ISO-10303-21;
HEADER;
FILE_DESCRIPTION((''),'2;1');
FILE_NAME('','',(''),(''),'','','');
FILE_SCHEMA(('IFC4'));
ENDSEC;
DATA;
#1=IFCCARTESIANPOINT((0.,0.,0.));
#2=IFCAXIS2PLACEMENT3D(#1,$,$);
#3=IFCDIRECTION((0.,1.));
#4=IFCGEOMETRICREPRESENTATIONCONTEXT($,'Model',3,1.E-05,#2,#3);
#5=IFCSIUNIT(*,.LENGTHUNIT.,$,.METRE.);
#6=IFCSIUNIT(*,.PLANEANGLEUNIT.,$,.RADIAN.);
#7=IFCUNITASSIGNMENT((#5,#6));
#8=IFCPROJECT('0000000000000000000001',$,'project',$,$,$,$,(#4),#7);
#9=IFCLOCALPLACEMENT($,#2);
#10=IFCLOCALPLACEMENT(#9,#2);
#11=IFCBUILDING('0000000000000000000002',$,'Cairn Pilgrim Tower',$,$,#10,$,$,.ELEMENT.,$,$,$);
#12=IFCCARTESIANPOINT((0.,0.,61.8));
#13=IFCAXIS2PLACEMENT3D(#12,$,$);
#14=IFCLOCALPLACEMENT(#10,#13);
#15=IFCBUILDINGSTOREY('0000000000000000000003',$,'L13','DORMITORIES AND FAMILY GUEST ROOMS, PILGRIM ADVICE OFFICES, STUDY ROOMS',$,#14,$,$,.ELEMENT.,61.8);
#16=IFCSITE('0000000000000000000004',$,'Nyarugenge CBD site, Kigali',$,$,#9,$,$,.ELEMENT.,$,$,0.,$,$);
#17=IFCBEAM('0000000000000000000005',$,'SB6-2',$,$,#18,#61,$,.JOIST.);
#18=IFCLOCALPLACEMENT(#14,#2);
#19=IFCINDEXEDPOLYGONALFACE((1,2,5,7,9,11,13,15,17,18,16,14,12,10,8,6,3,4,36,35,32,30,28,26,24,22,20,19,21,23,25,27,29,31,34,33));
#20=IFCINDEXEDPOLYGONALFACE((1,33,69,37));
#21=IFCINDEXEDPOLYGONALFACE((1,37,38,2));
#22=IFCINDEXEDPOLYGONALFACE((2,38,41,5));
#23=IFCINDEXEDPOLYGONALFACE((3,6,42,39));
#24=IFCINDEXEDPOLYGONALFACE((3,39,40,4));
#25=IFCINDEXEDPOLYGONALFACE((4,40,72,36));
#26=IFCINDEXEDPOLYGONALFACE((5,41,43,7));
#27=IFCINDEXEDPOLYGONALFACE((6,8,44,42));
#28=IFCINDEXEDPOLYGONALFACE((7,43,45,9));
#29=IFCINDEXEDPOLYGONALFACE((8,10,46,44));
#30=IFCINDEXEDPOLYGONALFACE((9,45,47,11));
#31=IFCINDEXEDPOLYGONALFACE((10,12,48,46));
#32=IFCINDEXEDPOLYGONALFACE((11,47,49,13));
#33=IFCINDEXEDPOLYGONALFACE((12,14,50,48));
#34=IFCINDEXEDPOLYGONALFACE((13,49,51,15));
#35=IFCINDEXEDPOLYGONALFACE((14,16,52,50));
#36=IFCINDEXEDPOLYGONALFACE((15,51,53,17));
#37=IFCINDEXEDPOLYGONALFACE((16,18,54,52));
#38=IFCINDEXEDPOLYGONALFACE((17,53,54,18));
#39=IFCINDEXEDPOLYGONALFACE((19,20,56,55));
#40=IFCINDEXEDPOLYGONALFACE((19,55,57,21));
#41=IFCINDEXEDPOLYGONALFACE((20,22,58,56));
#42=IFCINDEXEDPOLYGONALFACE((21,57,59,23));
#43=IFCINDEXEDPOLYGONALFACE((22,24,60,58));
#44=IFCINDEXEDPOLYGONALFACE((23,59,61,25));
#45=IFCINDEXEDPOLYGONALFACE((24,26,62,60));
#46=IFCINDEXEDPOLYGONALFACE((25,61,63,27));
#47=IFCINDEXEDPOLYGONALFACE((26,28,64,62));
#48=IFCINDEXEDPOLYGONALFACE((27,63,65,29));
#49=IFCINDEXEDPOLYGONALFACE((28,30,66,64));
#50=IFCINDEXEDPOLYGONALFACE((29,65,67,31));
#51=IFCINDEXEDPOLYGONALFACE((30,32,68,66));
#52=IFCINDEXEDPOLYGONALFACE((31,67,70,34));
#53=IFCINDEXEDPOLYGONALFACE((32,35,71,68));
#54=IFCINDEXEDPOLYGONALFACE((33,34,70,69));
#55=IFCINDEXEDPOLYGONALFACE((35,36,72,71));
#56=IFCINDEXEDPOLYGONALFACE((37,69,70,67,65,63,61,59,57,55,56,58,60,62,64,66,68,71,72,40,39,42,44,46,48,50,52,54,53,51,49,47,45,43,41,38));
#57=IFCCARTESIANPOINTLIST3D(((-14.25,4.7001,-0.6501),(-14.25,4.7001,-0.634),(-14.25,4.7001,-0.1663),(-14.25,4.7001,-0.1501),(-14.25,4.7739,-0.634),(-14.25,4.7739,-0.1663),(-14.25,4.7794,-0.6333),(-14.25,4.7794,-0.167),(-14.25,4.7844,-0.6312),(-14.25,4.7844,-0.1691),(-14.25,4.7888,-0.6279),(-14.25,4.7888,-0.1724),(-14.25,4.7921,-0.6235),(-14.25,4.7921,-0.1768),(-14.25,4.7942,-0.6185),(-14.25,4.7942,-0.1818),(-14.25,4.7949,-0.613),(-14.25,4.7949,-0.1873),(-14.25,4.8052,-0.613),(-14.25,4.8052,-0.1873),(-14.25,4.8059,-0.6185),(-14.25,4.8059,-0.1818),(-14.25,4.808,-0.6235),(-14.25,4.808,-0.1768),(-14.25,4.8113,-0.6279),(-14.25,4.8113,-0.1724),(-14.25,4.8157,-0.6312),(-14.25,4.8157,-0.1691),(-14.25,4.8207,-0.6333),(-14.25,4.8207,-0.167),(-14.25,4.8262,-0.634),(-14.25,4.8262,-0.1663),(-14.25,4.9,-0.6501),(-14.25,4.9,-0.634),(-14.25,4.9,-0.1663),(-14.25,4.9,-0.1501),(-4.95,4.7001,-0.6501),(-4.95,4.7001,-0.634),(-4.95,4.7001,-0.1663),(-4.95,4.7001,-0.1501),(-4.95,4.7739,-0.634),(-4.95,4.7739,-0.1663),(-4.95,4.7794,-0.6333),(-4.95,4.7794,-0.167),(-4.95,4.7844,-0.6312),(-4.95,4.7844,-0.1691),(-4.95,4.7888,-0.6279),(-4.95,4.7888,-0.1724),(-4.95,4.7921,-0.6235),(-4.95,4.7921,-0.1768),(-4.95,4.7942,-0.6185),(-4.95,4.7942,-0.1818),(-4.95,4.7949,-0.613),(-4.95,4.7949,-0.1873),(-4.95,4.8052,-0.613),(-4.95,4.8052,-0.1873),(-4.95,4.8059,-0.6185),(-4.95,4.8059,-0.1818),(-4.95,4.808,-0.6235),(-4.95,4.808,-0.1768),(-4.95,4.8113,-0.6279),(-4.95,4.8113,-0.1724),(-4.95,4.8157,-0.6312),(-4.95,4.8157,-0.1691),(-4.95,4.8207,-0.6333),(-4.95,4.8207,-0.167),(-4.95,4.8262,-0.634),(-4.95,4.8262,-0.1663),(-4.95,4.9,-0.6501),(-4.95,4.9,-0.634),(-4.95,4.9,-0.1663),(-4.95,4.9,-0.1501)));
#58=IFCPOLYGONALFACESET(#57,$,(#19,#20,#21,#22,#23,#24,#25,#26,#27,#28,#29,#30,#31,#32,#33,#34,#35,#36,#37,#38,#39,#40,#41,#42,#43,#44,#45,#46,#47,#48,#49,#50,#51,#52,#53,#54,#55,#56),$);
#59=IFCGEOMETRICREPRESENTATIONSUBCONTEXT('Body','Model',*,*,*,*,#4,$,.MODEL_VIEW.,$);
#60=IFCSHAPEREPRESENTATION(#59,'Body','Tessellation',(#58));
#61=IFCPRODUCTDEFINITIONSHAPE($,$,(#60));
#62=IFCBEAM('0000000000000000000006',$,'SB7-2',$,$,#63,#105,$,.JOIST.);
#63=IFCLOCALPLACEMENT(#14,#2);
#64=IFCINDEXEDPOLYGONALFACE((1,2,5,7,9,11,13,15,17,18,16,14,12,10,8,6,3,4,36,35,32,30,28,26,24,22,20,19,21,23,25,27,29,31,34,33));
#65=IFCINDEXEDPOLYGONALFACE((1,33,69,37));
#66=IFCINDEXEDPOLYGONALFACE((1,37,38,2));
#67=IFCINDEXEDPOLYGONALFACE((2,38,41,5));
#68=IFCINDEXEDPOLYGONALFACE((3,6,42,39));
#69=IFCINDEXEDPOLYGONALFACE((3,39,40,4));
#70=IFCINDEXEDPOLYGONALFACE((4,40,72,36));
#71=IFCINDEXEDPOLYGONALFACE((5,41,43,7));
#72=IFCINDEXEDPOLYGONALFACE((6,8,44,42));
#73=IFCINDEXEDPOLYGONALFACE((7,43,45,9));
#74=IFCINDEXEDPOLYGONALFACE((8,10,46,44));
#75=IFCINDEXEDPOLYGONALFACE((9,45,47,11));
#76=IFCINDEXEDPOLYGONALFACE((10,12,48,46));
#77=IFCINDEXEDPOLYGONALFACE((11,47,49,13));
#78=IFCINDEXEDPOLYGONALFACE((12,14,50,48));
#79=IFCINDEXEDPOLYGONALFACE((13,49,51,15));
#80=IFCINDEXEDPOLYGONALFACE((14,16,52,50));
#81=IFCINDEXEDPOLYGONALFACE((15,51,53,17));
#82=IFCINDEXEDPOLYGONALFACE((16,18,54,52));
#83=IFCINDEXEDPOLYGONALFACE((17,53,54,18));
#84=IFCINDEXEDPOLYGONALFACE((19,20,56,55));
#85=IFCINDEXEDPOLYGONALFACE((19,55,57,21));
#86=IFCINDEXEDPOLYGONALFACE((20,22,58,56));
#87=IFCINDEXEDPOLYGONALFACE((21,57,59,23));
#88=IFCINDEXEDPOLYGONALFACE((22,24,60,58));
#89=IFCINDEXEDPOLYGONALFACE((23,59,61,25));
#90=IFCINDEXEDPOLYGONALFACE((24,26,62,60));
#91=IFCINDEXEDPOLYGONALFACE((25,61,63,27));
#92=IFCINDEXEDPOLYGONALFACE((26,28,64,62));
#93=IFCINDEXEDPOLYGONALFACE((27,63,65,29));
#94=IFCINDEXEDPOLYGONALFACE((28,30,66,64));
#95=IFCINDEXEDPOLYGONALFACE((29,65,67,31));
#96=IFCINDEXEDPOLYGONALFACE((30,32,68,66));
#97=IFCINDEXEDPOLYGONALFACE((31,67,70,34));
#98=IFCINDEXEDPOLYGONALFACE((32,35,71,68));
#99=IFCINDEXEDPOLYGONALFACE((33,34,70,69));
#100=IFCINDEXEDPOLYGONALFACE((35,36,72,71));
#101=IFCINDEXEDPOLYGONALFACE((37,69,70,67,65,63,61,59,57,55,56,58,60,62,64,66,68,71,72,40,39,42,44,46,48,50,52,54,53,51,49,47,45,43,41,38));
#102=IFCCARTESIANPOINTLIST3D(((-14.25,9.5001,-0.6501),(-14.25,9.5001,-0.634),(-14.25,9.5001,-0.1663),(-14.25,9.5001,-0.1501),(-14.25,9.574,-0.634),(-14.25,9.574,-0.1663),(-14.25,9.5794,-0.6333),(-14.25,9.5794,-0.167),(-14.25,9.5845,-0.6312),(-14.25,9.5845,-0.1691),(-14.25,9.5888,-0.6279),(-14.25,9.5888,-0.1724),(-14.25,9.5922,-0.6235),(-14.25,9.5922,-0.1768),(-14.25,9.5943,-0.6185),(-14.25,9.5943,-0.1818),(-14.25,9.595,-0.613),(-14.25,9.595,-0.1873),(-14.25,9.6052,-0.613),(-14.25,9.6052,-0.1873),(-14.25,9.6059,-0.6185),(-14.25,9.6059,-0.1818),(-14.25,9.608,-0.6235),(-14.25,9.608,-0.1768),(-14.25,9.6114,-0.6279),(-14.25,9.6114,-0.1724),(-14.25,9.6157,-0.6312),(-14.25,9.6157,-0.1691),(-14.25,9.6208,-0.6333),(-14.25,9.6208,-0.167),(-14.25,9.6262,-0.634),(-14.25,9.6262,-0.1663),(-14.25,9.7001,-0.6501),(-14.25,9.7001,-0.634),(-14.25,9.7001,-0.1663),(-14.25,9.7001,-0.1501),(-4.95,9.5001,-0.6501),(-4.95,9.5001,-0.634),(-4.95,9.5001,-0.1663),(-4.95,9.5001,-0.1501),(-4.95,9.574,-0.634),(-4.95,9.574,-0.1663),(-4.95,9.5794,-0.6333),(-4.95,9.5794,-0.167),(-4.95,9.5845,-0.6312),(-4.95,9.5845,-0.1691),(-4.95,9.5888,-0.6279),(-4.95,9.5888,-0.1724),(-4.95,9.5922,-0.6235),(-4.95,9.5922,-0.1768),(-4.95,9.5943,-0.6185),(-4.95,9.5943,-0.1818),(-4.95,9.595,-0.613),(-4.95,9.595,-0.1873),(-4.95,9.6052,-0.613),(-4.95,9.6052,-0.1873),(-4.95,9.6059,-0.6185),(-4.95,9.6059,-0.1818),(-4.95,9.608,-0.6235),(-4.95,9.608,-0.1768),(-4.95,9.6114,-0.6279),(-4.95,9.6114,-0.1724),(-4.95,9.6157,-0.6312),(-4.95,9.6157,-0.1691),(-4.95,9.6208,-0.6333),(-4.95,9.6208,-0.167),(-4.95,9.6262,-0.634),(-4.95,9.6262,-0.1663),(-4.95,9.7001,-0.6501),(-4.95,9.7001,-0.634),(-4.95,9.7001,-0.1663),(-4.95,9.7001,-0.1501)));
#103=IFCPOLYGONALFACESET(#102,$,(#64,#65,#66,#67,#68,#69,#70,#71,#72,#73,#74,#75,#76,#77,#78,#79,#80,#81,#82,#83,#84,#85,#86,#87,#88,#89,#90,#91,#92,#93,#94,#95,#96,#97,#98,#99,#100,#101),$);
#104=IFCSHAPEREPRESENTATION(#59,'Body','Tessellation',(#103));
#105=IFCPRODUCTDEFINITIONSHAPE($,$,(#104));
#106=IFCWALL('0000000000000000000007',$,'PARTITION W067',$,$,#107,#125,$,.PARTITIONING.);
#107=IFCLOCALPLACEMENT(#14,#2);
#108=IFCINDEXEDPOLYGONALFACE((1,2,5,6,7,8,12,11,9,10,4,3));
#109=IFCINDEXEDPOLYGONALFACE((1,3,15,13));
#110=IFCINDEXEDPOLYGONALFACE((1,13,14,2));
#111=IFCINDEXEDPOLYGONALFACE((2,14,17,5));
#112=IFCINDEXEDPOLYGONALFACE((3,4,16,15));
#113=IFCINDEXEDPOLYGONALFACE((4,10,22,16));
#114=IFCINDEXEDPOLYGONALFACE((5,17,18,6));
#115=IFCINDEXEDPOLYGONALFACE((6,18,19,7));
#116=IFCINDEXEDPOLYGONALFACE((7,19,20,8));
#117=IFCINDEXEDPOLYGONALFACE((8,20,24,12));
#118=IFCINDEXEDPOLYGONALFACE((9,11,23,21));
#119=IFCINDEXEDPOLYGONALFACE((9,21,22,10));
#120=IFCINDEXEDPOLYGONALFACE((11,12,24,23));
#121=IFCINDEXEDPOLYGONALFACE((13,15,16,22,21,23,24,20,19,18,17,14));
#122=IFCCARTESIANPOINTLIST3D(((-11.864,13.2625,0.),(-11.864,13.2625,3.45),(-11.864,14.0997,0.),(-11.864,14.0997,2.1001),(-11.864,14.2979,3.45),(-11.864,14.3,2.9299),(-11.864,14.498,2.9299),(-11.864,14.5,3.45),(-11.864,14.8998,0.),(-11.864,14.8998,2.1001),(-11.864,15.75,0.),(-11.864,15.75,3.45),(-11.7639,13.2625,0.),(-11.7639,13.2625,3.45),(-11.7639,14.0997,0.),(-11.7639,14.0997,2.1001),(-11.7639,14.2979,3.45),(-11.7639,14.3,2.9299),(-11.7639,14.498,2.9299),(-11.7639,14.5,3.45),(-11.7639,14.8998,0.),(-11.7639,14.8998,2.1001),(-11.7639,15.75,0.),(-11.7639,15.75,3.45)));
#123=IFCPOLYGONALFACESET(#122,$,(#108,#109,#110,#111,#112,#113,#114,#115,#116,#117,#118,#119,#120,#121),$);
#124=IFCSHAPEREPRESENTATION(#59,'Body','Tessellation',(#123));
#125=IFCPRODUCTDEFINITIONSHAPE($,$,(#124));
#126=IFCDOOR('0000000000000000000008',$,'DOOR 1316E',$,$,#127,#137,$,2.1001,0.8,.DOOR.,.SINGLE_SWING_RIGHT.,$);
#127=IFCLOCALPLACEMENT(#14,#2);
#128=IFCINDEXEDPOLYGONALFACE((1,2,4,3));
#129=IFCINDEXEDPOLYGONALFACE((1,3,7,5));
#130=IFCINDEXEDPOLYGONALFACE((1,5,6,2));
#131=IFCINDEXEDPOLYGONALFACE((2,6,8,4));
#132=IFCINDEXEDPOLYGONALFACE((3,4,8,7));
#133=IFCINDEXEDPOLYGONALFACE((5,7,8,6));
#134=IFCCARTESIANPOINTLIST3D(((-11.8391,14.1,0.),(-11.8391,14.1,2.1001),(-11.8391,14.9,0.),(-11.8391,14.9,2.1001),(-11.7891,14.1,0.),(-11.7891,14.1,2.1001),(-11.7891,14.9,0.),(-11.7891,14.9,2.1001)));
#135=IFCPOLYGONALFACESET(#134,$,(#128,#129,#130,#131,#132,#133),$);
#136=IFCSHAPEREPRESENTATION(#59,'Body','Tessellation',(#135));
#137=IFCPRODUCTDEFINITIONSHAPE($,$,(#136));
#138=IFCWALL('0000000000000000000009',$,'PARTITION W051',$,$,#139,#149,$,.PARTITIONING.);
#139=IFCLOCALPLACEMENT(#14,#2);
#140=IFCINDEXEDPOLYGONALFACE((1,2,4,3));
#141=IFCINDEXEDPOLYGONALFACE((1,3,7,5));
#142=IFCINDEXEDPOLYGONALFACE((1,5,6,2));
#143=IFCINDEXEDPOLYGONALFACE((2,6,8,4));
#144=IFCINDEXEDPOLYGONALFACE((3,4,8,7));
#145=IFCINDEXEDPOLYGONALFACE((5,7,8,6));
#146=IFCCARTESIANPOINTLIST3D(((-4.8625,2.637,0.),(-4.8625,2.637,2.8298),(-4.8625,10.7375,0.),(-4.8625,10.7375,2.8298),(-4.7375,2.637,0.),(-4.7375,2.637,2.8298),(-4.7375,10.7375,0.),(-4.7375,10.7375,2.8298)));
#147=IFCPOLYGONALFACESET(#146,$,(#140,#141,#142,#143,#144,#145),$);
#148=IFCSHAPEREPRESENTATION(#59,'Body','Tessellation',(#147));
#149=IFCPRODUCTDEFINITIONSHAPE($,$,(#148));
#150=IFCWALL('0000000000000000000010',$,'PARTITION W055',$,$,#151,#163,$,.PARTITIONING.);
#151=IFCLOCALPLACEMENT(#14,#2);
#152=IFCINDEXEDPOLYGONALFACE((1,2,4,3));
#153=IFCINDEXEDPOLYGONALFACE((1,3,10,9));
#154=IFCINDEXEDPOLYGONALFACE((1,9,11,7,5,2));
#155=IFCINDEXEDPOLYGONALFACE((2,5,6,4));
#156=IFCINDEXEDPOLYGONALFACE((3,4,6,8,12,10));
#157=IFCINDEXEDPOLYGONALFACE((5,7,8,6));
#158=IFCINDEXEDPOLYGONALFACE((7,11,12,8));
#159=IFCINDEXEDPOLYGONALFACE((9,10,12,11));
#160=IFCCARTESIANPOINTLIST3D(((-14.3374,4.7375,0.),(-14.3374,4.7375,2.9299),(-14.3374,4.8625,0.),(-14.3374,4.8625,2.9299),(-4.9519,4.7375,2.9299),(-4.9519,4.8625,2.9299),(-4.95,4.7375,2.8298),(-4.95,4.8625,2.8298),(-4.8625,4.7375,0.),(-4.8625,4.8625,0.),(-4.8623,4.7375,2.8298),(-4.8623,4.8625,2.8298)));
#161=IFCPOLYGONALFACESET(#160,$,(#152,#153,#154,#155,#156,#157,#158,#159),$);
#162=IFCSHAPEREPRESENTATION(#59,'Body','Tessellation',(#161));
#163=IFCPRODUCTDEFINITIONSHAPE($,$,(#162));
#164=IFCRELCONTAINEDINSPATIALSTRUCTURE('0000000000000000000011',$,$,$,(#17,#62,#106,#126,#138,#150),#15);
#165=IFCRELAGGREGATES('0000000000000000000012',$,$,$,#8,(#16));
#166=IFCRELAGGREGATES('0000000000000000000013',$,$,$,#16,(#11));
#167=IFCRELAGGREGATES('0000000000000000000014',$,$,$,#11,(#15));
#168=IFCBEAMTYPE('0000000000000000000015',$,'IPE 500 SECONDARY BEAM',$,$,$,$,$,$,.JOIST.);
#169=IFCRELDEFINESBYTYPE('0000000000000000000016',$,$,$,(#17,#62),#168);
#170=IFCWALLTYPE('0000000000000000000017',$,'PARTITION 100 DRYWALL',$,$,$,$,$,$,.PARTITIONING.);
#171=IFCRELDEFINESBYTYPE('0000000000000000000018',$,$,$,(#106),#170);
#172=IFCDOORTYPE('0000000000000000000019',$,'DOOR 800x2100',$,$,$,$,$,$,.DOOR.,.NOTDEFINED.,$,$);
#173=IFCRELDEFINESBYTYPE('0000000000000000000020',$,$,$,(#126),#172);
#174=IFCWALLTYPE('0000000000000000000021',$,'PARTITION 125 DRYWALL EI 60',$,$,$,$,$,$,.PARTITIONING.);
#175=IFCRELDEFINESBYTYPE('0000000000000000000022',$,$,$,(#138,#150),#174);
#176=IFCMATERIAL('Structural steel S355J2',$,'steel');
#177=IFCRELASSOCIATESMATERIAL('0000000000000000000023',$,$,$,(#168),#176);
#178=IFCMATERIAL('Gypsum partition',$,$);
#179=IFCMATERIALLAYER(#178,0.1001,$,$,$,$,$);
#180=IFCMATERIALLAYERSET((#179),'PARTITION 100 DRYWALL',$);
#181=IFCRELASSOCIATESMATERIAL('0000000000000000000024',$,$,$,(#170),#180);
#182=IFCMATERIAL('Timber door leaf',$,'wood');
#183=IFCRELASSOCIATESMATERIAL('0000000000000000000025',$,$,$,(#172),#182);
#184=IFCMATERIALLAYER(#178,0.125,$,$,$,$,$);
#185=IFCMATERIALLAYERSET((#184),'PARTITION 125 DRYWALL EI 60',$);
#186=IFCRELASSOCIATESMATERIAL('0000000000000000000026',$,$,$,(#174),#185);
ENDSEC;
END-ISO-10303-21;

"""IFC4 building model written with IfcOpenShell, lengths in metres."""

from ifc_helpers import new_model, si_unit, direction, frame, frame_2d, origin, origin_2d, place, context, subcontext, project, spatial, polyline, rectangle, i_section, outline, extrude, material, layer, layer_set, material_profile, profile_set, type_object, element, fill, save


model = new_model("IFC4")

# Units and contexts
model_context = context("Model", 3, precision=1e-05, world=origin(), true_north=direction((0.0, 1.0)))
body_context = subcontext(model_context, "Body", "Model", "MODEL_VIEW")
ifc_project = project(units=[si_unit("LENGTHUNIT", "METRE"), si_unit("PLANEANGLEUNIT", "RADIAN")], contexts=[model_context])

# Site, building, storey
site_placement = place(None, origin())
site = spatial("IfcSite", under=ifc_project, at=site_placement, Name="Nyarugenge CBD site, Kigali", CompositionType="ELEMENT", RefElevation=0.0)
building_placement = place(site_placement, origin())
building = spatial("IfcBuilding", under=site, at=building_placement, Name="Cairn Pilgrim Tower", CompositionType="ELEMENT")
storey_placement = place(building_placement, frame((0.0, 0.0, 61.8)))
storey = spatial("IfcBuildingStorey", under=building, at=storey_placement, Name="L13", Description="DORMITORIES AND FAMILY GUEST ROOMS, PILGRIM ADVICE OFFICES, STUDY ROOMS", CompositionType="ELEMENT", Elevation=61.8)

# Beams
ifc_material_1 = material(Name="Structural steel S355J2", Category="steel")
ifc_material_profile_1 = material_profile(ifc_material_1, i_section(OverallWidth=0.2, OverallDepth=0.5, WebThickness=0.0103, FlangeThickness=0.0161, FilletRadius=0.021, at=origin_2d()), Name="IPE 500")
ifc_profile_set_1 = profile_set([ifc_material_profile_1], Name="Structural steel S355J2")
beam_type_1 = type_object("IfcBeamType", Name="IPE 500 SECONDARY BEAM", PredefinedType="JOIST", material=ifc_profile_set_1)
for number, where, z_axis, x_axis, name in (
    (1, (-14.25, 4.8, -0.4001), (1.0, 0.0, 0.0), (0.0, 1.0, 0.0), "SB6-2"),
    (2, (-14.25, 9.6001, -0.4001), (1.0, 0.0, 0.0), (0.0, 1.0, 0.0), "SB7-2"),
):
    element("IfcBeam", number, at=place(storey_placement, frame(where, z_axis=z_axis, x_axis=x_axis)), inside=storey, type_object=beam_type_1, Name=name, PredefinedType="JOIST", context=body_context, shape_type="SweptSolid", body=[
        extrude(i_section(OverallWidth=0.2, OverallDepth=0.5, WebThickness=0.0103, FlangeThickness=0.0161, FilletRadius=0.021, at=origin_2d()), origin(), (0.0, 0.0, 1.0), 9.3),
    ])

# Wall, opening, door
ifc_material_2 = material(Name="Gypsum partition")
ifc_layer_1 = layer(ifc_material_2, 0.1001)
ifc_layer_set_1 = layer_set([ifc_layer_1], Name="PARTITION 100 DRYWALL")
wall_type_1 = type_object("IfcWallType", Name="PARTITION 100 DRYWALL", PredefinedType="PARTITIONING", material=ifc_layer_set_1)
wall_1_placement = place(storey_placement, frame((-11.814, 13.2625, 0.0), z_axis=(0.0, 0.0, 1.0), x_axis=(0.0, 1.0, 0.0)))
wall_1 = element("IfcWall", 3, at=wall_1_placement, inside=storey, type_object=wall_type_1, Name="PARTITION W067", PredefinedType="PARTITIONING", context=body_context, shape_type="SweptSolid", body=[
    extrude(outline(polyline([(0.0, 0.0), (2.4875, 0.0), (2.4875, 3.45), (1.2375, 3.45), (1.2356, 2.9299), (1.0376, 2.9299), (1.0354, 3.45), (0.0, 3.45), (0.0, 0.0)])), frame((0.0, 0.05, 0.0), z_axis=(0.0, -1.0, 0.0), x_axis=(1.0, 0.0, 0.0)), (0.0, 0.0, 1.0), 0.1001),
])
opening_1_placement = place(wall_1_placement, frame((0.8374, 0.0, 0.0)))
opening_1 = element("IfcOpeningElement", 4, at=opening_1_placement, cuts=wall_1, PredefinedType="OPENING", context=body_context, shape_type="SweptSolid", body=[
    extrude(rectangle(XDim=0.8, YDim=2.1001, at=frame_2d((0.3999, 1.05))), frame((0.0, 0.0601, 0.0), z_axis=(0.0, -1.0, 0.0), x_axis=(1.0, 0.0, 0.0)), (0.0, 0.0, 1.0), 0.1201),
])
ifc_material_3 = material(Name="Timber door leaf", Category="wood")
door_type_1 = type_object("IfcDoorType", Name="DOOR 800x2100", OperationType="NOTDEFINED", PredefinedType="DOOR", material=ifc_material_3)
door_1_placement = place(opening_1_placement, frame((0.8, 0.0, 0.0), z_axis=(0.0, 0.0, 1.0), x_axis=(-1.0, 0.0, 0.0)))
door_1 = element("IfcDoor", 5, at=door_1_placement, inside=storey, type_object=door_type_1, Name="DOOR 1316E", OperationType="SINGLE_SWING_RIGHT", OverallHeight=2.1001, OverallWidth=0.8, PredefinedType="DOOR", context=body_context, shape_type="SweptSolid", body=[
    extrude(rectangle(XDim=0.8, YDim=2.1001, at=frame_2d((0.3999, 1.05))), frame((0.0, 0.0249, 0.0), z_axis=(0.0, -1.0, 0.0), x_axis=(1.0, 0.0, 0.0)), (0.0, 0.0, 1.0), 0.05),
])
fill(opening_1, door_1)

# Walls
ifc_layer_2 = layer(ifc_material_2, 0.125)
ifc_layer_set_2 = layer_set([ifc_layer_2], Name="PARTITION 125 DRYWALL EI 60")
wall_type_2 = type_object("IfcWallType", Name="PARTITION 125 DRYWALL EI 60", PredefinedType="PARTITIONING", material=ifc_layer_set_2)
wall_2_placement = place(storey_placement, frame((-4.8, 2.637, 0.0), z_axis=(0.0, 0.0, 1.0), x_axis=(0.0, 1.0, 0.0)))
element("IfcWall", 6, at=wall_2_placement, inside=storey, type_object=wall_type_2, Name="PARTITION W051", PredefinedType="PARTITIONING", context=body_context, shape_type="SweptSolid", body=[
    extrude(rectangle(XDim=8.1006, YDim=0.125, at=frame_2d((4.0503, 0.0))), origin(), (0.0, 0.0, 1.0), 2.8298),
])
wall_3_placement = place(storey_placement, frame((-14.3374, 4.8, 0.0), z_axis=(0.0, 0.0, 1.0), x_axis=(1.0, 0.0, 0.0)))
element("IfcWall", 7, at=wall_3_placement, inside=storey, type_object=wall_type_2, Name="PARTITION W055", PredefinedType="PARTITIONING", context=body_context, shape_type="SweptSolid", body=[
    extrude(outline(polyline([(0.0, 0.0), (9.4749, 0.0), (9.4751, 2.8298), (9.3875, 2.8298), (9.3855, 2.9299), (0.0, 2.9299), (0.0, 0.0)])), frame((0.0, 0.0625, 0.0), z_axis=(0.0, -1.0, 0.0), x_axis=(1.0, 0.0, 0.0)), (0.0, 0.0, 1.0), 0.125),
])

save(model, "model.ifc")
